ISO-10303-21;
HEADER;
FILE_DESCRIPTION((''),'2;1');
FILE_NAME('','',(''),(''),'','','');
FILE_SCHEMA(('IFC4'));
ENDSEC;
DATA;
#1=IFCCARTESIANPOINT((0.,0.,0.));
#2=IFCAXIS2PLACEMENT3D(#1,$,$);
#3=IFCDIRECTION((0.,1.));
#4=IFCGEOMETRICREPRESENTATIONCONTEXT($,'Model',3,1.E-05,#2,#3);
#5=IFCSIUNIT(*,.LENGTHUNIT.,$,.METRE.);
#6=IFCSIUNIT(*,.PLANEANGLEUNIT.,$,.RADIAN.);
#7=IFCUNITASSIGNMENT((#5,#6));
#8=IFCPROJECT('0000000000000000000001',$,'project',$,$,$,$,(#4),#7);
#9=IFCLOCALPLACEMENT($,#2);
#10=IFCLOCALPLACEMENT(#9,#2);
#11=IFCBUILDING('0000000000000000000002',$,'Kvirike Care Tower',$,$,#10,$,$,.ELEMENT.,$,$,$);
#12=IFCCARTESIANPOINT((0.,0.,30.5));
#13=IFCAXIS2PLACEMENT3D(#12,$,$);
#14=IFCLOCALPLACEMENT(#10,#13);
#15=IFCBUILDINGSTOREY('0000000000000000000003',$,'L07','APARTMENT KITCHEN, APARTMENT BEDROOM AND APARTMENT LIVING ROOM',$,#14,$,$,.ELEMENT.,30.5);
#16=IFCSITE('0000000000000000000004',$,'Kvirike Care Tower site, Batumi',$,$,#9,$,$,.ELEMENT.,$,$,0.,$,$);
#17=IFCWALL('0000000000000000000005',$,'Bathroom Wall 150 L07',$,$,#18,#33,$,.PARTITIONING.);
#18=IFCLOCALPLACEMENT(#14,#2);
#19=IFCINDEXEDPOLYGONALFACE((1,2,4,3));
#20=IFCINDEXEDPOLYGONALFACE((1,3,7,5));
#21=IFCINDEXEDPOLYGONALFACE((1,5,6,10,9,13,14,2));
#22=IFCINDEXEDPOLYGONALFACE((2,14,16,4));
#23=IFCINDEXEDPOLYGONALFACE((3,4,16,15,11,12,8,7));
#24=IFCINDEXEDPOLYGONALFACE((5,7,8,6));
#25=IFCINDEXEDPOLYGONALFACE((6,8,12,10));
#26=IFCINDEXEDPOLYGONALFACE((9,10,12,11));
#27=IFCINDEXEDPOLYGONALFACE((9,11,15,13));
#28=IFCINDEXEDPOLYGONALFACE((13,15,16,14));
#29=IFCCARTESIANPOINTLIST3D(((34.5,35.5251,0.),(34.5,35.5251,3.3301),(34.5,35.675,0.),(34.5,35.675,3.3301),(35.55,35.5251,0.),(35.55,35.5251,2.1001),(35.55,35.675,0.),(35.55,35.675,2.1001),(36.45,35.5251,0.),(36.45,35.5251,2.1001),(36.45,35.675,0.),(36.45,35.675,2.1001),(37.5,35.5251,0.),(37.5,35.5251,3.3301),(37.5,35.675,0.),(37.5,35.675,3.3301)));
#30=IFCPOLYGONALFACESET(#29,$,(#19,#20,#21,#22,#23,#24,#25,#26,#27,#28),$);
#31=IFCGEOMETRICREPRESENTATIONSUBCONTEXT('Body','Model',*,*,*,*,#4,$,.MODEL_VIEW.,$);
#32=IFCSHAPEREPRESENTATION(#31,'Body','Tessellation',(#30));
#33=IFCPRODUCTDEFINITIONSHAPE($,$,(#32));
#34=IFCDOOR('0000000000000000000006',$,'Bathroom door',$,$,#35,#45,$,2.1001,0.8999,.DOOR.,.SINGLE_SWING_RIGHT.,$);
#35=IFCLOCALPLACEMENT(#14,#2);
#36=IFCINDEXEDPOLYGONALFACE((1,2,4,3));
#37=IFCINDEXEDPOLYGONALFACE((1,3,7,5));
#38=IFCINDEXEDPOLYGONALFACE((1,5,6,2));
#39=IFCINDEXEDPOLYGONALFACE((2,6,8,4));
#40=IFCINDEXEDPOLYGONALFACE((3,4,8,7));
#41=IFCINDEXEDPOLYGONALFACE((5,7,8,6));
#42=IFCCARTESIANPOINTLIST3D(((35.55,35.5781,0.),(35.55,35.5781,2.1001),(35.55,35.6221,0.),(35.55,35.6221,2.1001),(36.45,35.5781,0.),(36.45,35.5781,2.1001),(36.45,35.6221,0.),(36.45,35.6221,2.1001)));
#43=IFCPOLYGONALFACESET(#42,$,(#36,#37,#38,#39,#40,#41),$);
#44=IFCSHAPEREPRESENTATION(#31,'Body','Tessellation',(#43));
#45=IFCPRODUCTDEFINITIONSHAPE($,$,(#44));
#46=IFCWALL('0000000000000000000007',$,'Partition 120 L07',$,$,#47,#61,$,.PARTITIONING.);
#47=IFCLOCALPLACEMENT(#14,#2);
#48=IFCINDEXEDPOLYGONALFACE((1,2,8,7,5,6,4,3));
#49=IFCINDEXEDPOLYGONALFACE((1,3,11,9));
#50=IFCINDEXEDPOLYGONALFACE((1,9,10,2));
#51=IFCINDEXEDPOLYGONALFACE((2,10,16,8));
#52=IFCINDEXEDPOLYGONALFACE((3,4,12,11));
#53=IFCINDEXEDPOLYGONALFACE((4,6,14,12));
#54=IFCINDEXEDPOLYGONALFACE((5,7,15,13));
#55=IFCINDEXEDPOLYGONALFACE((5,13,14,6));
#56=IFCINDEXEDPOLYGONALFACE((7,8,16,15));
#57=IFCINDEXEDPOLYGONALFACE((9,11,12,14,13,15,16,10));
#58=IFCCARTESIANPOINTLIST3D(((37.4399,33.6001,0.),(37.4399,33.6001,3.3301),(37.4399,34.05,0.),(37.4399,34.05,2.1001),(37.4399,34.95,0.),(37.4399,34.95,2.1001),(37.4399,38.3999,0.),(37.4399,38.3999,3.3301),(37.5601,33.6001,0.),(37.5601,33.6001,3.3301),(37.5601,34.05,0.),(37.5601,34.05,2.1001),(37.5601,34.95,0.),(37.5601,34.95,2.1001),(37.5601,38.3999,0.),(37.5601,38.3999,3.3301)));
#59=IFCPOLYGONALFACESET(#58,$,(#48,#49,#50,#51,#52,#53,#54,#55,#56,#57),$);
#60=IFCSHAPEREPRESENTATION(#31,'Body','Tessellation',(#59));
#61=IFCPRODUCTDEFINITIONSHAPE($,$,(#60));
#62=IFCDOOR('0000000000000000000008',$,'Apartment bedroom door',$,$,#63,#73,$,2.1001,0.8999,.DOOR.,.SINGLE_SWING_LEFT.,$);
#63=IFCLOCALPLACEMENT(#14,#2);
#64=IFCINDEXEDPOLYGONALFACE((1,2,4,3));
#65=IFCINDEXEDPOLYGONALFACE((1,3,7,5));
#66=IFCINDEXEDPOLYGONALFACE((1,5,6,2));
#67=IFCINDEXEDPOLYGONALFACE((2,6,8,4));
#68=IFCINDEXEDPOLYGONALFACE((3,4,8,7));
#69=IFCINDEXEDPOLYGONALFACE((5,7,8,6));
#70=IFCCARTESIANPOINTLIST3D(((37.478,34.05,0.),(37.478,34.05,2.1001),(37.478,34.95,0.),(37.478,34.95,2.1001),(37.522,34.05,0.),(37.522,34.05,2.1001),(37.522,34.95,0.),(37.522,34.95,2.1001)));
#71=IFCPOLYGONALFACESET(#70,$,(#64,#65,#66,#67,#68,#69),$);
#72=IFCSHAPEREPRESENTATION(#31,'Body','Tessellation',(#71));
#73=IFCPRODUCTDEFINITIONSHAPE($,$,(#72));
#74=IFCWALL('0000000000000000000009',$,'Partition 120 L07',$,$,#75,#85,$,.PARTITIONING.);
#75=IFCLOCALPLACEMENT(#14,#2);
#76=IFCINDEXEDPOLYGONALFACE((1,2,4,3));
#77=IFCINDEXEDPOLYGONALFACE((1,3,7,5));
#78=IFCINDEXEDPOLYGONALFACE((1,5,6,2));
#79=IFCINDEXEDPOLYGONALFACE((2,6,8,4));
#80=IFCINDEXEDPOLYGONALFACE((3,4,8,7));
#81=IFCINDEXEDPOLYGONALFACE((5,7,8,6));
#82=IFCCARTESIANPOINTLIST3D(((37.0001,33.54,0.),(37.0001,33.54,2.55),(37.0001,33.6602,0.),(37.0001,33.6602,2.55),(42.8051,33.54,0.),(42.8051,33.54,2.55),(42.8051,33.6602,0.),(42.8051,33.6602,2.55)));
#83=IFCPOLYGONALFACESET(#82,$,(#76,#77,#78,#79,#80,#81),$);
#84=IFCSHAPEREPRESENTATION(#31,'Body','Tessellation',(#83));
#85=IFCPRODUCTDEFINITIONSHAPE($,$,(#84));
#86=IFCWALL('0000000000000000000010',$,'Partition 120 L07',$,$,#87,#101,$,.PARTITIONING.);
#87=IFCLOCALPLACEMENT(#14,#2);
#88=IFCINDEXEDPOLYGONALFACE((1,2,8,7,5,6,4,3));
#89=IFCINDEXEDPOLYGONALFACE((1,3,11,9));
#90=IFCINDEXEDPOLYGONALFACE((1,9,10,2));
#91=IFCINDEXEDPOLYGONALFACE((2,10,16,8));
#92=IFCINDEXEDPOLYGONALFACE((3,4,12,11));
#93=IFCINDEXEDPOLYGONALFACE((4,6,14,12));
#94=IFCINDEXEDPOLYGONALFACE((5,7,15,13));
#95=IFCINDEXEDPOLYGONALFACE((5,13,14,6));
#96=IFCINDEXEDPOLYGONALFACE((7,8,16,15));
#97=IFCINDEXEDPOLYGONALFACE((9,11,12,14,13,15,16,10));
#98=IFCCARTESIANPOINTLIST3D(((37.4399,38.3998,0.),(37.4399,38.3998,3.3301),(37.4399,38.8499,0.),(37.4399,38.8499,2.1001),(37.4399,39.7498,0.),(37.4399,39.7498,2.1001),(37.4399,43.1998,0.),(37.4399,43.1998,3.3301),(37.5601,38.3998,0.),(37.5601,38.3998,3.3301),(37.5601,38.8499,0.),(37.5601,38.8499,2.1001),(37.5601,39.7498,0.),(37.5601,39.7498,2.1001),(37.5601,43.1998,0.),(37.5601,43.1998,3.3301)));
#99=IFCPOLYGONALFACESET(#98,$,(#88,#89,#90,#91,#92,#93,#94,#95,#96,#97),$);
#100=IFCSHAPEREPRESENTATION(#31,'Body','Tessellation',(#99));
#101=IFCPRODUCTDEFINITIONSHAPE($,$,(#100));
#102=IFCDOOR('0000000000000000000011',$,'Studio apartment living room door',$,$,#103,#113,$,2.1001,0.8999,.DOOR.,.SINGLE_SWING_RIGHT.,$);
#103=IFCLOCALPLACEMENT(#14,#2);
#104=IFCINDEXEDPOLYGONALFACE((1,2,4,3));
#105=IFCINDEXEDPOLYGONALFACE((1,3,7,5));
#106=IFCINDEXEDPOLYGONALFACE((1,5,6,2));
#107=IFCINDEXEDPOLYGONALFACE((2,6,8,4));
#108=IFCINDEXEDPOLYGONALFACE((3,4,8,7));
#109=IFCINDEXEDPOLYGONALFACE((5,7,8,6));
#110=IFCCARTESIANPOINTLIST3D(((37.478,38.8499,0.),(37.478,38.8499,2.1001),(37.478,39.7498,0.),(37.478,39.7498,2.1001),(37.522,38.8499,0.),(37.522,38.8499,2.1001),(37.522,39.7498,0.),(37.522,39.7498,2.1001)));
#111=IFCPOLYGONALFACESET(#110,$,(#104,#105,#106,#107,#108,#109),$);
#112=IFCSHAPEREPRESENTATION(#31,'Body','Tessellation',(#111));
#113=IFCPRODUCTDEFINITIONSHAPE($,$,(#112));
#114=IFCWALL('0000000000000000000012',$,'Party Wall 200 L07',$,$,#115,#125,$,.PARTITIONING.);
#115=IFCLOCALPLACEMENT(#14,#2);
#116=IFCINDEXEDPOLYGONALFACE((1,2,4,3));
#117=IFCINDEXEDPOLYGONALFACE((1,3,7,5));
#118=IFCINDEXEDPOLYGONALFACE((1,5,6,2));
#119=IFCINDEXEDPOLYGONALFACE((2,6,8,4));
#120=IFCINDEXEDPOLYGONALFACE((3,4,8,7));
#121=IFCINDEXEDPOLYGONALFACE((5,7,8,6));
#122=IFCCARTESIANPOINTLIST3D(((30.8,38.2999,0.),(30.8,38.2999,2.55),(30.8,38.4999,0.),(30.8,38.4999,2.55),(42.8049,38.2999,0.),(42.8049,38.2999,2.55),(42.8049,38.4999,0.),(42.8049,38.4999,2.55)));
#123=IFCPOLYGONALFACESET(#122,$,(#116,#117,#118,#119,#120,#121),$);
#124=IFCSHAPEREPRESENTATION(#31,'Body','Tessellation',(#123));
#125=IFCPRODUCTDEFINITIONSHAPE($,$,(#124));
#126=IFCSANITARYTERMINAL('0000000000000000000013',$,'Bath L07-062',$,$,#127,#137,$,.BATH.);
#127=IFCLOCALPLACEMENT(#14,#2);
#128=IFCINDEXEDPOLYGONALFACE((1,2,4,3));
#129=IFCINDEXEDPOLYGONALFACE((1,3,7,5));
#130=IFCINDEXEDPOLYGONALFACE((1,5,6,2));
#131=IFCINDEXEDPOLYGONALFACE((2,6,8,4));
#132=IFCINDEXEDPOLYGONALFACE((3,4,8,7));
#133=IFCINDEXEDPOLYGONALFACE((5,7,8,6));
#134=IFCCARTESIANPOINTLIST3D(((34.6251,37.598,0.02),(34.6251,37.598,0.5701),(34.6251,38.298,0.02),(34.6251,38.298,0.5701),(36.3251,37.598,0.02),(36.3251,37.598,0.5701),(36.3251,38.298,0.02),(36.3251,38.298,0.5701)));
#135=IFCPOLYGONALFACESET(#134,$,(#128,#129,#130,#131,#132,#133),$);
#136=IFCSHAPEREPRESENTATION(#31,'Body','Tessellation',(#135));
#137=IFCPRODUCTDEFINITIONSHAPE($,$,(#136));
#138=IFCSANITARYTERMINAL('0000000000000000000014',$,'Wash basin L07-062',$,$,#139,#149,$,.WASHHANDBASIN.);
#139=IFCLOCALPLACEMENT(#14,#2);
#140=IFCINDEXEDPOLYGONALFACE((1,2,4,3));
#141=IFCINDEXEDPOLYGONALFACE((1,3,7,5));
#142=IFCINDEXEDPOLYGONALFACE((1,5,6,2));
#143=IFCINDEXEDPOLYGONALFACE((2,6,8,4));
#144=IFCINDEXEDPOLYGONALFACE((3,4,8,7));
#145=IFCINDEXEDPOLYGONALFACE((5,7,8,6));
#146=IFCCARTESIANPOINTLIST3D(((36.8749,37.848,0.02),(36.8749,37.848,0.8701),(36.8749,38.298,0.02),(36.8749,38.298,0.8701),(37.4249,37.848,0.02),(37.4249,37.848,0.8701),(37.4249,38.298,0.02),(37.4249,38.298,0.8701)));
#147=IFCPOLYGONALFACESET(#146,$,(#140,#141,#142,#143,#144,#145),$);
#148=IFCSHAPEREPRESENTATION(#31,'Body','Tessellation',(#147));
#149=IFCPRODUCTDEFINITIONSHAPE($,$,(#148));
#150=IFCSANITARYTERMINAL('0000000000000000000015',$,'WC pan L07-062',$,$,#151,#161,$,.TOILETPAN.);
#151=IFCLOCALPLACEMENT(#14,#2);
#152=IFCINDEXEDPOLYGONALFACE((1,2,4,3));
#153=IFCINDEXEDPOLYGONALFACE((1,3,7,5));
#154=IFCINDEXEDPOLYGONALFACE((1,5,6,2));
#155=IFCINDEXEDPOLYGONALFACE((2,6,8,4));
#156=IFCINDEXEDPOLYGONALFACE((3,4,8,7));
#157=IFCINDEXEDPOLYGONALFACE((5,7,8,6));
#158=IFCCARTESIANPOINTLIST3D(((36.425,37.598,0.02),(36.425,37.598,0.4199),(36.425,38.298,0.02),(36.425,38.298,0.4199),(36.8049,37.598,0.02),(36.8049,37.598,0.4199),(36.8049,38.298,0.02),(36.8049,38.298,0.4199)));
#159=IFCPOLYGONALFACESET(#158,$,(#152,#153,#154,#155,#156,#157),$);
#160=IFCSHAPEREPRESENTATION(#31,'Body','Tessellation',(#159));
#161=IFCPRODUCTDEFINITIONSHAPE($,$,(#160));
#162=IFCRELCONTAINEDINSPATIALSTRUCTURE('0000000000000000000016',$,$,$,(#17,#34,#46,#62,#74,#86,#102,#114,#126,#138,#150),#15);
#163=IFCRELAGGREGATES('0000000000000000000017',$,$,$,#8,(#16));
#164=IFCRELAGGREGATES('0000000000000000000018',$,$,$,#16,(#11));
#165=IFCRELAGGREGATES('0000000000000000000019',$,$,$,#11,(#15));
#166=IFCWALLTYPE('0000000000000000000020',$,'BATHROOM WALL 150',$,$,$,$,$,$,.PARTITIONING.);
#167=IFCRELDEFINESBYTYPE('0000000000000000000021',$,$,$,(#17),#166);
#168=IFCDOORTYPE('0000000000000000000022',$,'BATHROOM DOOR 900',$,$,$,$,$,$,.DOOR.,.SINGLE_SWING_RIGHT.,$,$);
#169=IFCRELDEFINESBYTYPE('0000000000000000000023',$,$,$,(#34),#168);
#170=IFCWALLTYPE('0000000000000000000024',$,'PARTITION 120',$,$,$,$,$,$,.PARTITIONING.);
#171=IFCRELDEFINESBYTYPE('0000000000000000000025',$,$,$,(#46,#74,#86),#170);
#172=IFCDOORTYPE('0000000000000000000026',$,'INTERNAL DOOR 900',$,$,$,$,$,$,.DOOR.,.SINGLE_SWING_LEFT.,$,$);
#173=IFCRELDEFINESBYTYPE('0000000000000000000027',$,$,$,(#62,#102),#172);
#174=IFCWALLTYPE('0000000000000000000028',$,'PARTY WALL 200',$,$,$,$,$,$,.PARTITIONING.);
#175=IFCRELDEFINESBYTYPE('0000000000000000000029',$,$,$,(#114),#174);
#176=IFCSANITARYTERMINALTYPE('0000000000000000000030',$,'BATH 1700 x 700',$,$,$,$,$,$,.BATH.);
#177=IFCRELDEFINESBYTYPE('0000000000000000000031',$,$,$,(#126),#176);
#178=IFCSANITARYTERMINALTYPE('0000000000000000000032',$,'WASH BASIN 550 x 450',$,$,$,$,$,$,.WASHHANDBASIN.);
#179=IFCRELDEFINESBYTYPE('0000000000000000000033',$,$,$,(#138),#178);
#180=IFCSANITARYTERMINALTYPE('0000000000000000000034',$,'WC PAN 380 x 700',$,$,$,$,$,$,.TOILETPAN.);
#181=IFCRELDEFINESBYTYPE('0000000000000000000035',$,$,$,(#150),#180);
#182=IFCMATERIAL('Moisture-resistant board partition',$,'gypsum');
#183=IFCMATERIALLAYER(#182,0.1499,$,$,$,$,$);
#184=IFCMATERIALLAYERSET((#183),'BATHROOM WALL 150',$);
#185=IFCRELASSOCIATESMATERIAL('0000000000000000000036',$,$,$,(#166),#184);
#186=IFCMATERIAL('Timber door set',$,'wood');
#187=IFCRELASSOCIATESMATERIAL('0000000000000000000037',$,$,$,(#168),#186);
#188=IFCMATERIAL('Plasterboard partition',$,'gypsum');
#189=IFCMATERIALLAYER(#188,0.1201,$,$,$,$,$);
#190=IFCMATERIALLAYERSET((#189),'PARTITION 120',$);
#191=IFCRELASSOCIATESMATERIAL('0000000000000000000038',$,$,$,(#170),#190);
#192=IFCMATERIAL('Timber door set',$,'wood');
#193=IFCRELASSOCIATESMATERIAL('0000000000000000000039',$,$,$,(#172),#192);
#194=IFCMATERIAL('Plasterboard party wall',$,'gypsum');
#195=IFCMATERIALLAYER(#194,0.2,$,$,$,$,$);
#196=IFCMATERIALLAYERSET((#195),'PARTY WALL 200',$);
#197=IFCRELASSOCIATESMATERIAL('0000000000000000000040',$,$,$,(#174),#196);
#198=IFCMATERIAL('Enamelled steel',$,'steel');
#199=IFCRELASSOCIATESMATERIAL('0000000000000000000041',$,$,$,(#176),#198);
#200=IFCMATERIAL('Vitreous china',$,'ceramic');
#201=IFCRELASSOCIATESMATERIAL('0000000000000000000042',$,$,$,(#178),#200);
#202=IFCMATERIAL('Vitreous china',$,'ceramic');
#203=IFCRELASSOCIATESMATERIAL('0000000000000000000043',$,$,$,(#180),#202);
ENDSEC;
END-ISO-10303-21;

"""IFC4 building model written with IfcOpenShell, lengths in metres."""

from ifc_helpers import new_model, si_unit, direction, frame, frame_2d, origin, origin_2d, place, context, subcontext, project, spatial, rectangle, extrude, material, layer, layer_set, type_object, element, fill, save


model = new_model("IFC4")

# Units and contexts
model_context = context("Model", 3, precision=1e-05, world=origin(), true_north=direction((0.0, 1.0)))
body_context = subcontext(model_context, "Body", "Model", "MODEL_VIEW")
ifc_project = project(units=[si_unit("LENGTHUNIT", "METRE"), si_unit("PLANEANGLEUNIT", "RADIAN")], contexts=[model_context])

# Site, building, storey
site_placement = place(None, origin())
site = spatial("IfcSite", under=ifc_project, at=site_placement, Name="Kvirike Care Tower site, Batumi", CompositionType="ELEMENT", RefElevation=0.0)
building_placement = place(site_placement, origin())
building = spatial("IfcBuilding", under=site, at=building_placement, Name="Kvirike Care Tower", CompositionType="ELEMENT")
storey_placement = place(building_placement, frame((0.0, 0.0, 30.5)))
storey = spatial("IfcBuildingStorey", under=building, at=storey_placement, Name="L07", Description="APARTMENT KITCHEN, APARTMENT BEDROOM AND APARTMENT LIVING ROOM", CompositionType="ELEMENT", Elevation=30.5)

# Walls, openings, doors
ifc_material_1 = material(Name="Moisture-resistant board partition", Category="gypsum")
ifc_layer_1 = layer(ifc_material_1, 0.1499)
ifc_layer_set_1 = layer_set([ifc_layer_1], Name="BATHROOM WALL 150")
wall_type_1 = type_object("IfcWallType", Name="BATHROOM WALL 150", PredefinedType="PARTITIONING", material=ifc_layer_set_1)
wall_1_placement = place(storey_placement, frame((37.5, 35.6001, 0.0), z_axis=(0.0, 0.0, 1.0), x_axis=(-1.0, 0.0, 0.0)))
wall_1 = element("IfcWall", 1, at=wall_1_placement, inside=storey, type_object=wall_type_1, Name="Bathroom Wall 150 L07", PredefinedType="PARTITIONING", context=body_context, shape_type="SweptSolid", body=[
    extrude(rectangle(XDim=3.0, YDim=0.1499, at=frame_2d((1.5, 0.0))), origin(), (0.0, 0.0, 1.0), 3.3301),
])
opening_1_placement = place(wall_1_placement, frame((1.05, 0.0, 0.0)))
opening_1 = element("IfcOpeningElement", 2, at=opening_1_placement, cuts=wall_1, PredefinedType="OPENING", context=body_context, shape_type="SweptSolid", body=[
    extrude(rectangle(XDim=0.8999, YDim=2.1001, at=frame_2d((0.45, 1.05))), frame((0.0, 0.0854, 0.0), z_axis=(0.0, -1.0, 0.0), x_axis=(1.0, 0.0, 0.0)), (0.0, 0.0, 1.0), 0.1709),
])
ifc_material_2 = material(Name="Timber door set", Category="wood")
door_type_1 = type_object("IfcDoorType", Name="BATHROOM DOOR 900", OperationType="SINGLE_SWING_RIGHT", PredefinedType="DOOR", material=ifc_material_2)
door_1_placement = place(opening_1_placement, frame((0.8999, 0.0, 0.0), z_axis=(0.0, 0.0, 1.0), x_axis=(-1.0, 0.0, 0.0)))
door_1 = element("IfcDoor", 3, at=door_1_placement, inside=storey, type_object=door_type_1, Name="Bathroom door", OperationType="SINGLE_SWING_RIGHT", OverallHeight=2.1001, OverallWidth=0.8999, PredefinedType="DOOR", context=body_context, shape_type="SweptSolid", body=[
    extrude(rectangle(XDim=0.8999, YDim=2.1001, at=frame_2d((0.45, 1.05))), frame((0.0, 0.022, 0.0), z_axis=(0.0, -1.0, 0.0), x_axis=(1.0, 0.0, 0.0)), (0.0, 0.0, 1.0), 0.0439),
])
fill(opening_1, door_1)
ifc_material_3 = material(Name="Plasterboard partition", Category="gypsum")
ifc_layer_2 = layer(ifc_material_3, 0.1201)
ifc_layer_set_2 = layer_set([ifc_layer_2], Name="PARTITION 120")
wall_type_2 = type_object("IfcWallType", Name="PARTITION 120", PredefinedType="PARTITIONING", material=ifc_layer_set_2)
wall_2_placement = place(storey_placement, frame((37.5, 33.6001, 0.0), z_axis=(0.0, 0.0, 1.0), x_axis=(0.0, 1.0, 0.0)))
wall_2 = element("IfcWall", 4, at=wall_2_placement, inside=storey, type_object=wall_type_2, Name="Partition 120 L07", PredefinedType="PARTITIONING", context=body_context, shape_type="SweptSolid", body=[
    extrude(rectangle(XDim=4.7998, YDim=0.1201, at=frame_2d((2.3999, 0.0))), origin(), (0.0, 0.0, 1.0), 3.3301),
])
opening_2_placement = place(wall_2_placement, frame((0.45, 0.0, 0.0)))
opening_2 = element("IfcOpeningElement", 5, at=opening_2_placement, cuts=wall_2, PredefinedType="OPENING", context=body_context, shape_type="SweptSolid", body=[
    extrude(rectangle(XDim=0.8999, YDim=2.1001, at=frame_2d((0.45, 1.05))), frame((0.0, 0.0706, 0.0), z_axis=(0.0, -1.0, 0.0), x_axis=(1.0, 0.0, 0.0)), (0.0, 0.0, 1.0), 0.1411),
])
ifc_material_4 = material(Name="Timber door set", Category="wood")
door_type_2 = type_object("IfcDoorType", Name="INTERNAL DOOR 900", OperationType="SINGLE_SWING_LEFT", PredefinedType="DOOR", material=ifc_material_4)
door_2_placement = place(opening_2_placement, origin())
door_2 = element("IfcDoor", 6, at=door_2_placement, inside=storey, type_object=door_type_2, Name="Apartment bedroom door", OperationType="SINGLE_SWING_LEFT", OverallHeight=2.1001, OverallWidth=0.8999, PredefinedType="DOOR", context=body_context, shape_type="SweptSolid", body=[
    extrude(rectangle(XDim=0.8999, YDim=2.1001, at=frame_2d((0.45, 1.05))), frame((0.0, 0.022, 0.0), z_axis=(0.0, -1.0, 0.0), x_axis=(1.0, 0.0, 0.0)), (0.0, 0.0, 1.0), 0.0439),
])
fill(opening_2, door_2)

# Wall
wall_3_placement = place(storey_placement, frame((42.8049, 33.6001, 0.0), z_axis=(0.0, 0.0, 1.0), x_axis=(-1.0, 0.0, 0.0)))
element("IfcWall", 7, at=wall_3_placement, inside=storey, type_object=wall_type_2, Name="Partition 120 L07", PredefinedType="PARTITIONING", context=body_context, shape_type="SweptSolid", body=[
    extrude(rectangle(XDim=5.8049, YDim=0.1201, at=frame_2d((2.9023, 0.0))), origin(), (0.0, 0.0, 1.0), 2.55),
])

# Wall, opening, door
wall_4_placement = place(storey_placement, frame((37.5, 38.3999, 0.0), z_axis=(0.0, 0.0, 1.0), x_axis=(0.0, 1.0, 0.0)))
wall_4 = element("IfcWall", 8, at=wall_4_placement, inside=storey, type_object=wall_type_2, Name="Partition 120 L07", PredefinedType="PARTITIONING", context=body_context, shape_type="SweptSolid", body=[
    extrude(rectangle(XDim=4.8, YDim=0.1201, at=frame_2d((2.3999, 0.0))), origin(), (0.0, 0.0, 1.0), 3.3301),
])
opening_3_placement = place(wall_4_placement, frame((0.45, 0.0, 0.0)))
opening_3 = element("IfcOpeningElement", 9, at=opening_3_placement, cuts=wall_4, PredefinedType="OPENING", context=body_context, shape_type="SweptSolid", body=[
    extrude(rectangle(XDim=0.8999, YDim=2.1001, at=frame_2d((0.45, 1.05))), frame((0.0, 0.0706, 0.0), z_axis=(0.0, -1.0, 0.0), x_axis=(1.0, 0.0, 0.0)), (0.0, 0.0, 1.0), 0.1411),
])
door_3_placement = place(opening_3_placement, origin())
door_3 = element("IfcDoor", 10, at=door_3_placement, inside=storey, type_object=door_type_2, Name="Studio apartment living room door", OperationType="SINGLE_SWING_RIGHT", OverallHeight=2.1001, OverallWidth=0.8999, PredefinedType="DOOR", context=body_context, shape_type="SweptSolid", body=[
    extrude(rectangle(XDim=0.8999, YDim=2.1001, at=frame_2d((0.45, 1.05))), frame((0.0, 0.022, 0.0), z_axis=(0.0, -1.0, 0.0), x_axis=(1.0, 0.0, 0.0)), (0.0, 0.0, 1.0), 0.0439),
])
fill(opening_3, door_3)

# Wall
ifc_material_5 = material(Name="Plasterboard party wall", Category="gypsum")
ifc_layer_3 = layer(ifc_material_5, 0.2)
ifc_layer_set_3 = layer_set([ifc_layer_3], Name="PARTY WALL 200")
wall_type_3 = type_object("IfcWallType", Name="PARTY WALL 200", PredefinedType="PARTITIONING", material=ifc_layer_set_3)
wall_5_placement = place(storey_placement, frame((42.8049, 38.3999, 0.0), z_axis=(0.0, 0.0, 1.0), x_axis=(-1.0, 0.0, 0.0)))
element("IfcWall", 11, at=wall_5_placement, inside=storey, type_object=wall_type_3, Name="Party Wall 200 L07", PredefinedType="PARTITIONING", context=body_context, shape_type="SweptSolid", body=[
    extrude(rectangle(XDim=12.0049, YDim=0.2, at=frame_2d((6.0024, 0.0))), origin(), (0.0, 0.0, 1.0), 2.55),
])

# Sanitary terminals
ifc_material_6 = material(Name="Enamelled steel", Category="steel")
sanitary_terminal_type_1 = type_object("IfcSanitaryTerminalType", Name="BATH 1700 x 700", PredefinedType="BATH", material=ifc_material_6)
sanitary_terminal_1_placement = place(storey_placement, frame((35.4751, 37.948, 0.02), z_axis=(0.0, 0.0, 1.0), x_axis=(1.0, 0.0, 0.0)))
element("IfcSanitaryTerminal", 12, at=sanitary_terminal_1_placement, inside=storey, type_object=sanitary_terminal_type_1, Name="Bath L07-062", PredefinedType="BATH", context=body_context, shape_type="SweptSolid", body=[
    extrude(rectangle(XDim=1.7, YDim=0.7, at=origin_2d()), origin(), (0.0, 0.0, 1.0), 0.55),
])
ifc_material_7 = material(Name="Vitreous china", Category="ceramic")
sanitary_terminal_type_2 = type_object("IfcSanitaryTerminalType", Name="WASH BASIN 550 x 450", PredefinedType="WASHHANDBASIN", material=ifc_material_7)
sanitary_terminal_2_placement = place(storey_placement, frame((37.1499, 38.073, 0.02), z_axis=(0.0, 0.0, 1.0), x_axis=(1.0, 0.0, 0.0)))
element("IfcSanitaryTerminal", 13, at=sanitary_terminal_2_placement, inside=storey, type_object=sanitary_terminal_type_2, Name="Wash basin L07-062", PredefinedType="WASHHANDBASIN", context=body_context, shape_type="SweptSolid", body=[
    extrude(rectangle(XDim=0.55, YDim=0.45, at=origin_2d()), origin(), (0.0, 0.0, 1.0), 0.8501),
])
ifc_material_8 = material(Name="Vitreous china", Category="ceramic")
sanitary_terminal_type_3 = type_object("IfcSanitaryTerminalType", Name="WC PAN 380 x 700", PredefinedType="TOILETPAN", material=ifc_material_8)
sanitary_terminal_3_placement = place(storey_placement, frame((36.615, 37.948, 0.02), z_axis=(0.0, 0.0, 1.0), x_axis=(1.0, 0.0, 0.0)))
element("IfcSanitaryTerminal", 14, at=sanitary_terminal_3_placement, inside=storey, type_object=sanitary_terminal_type_3, Name="WC pan L07-062", PredefinedType="TOILETPAN", context=body_context, shape_type="SweptSolid", body=[
    extrude(rectangle(XDim=0.3799, YDim=0.7, at=origin_2d()), origin(), (0.0, 0.0, 1.0), 0.3999),
])

save(model, "model.ifc")
